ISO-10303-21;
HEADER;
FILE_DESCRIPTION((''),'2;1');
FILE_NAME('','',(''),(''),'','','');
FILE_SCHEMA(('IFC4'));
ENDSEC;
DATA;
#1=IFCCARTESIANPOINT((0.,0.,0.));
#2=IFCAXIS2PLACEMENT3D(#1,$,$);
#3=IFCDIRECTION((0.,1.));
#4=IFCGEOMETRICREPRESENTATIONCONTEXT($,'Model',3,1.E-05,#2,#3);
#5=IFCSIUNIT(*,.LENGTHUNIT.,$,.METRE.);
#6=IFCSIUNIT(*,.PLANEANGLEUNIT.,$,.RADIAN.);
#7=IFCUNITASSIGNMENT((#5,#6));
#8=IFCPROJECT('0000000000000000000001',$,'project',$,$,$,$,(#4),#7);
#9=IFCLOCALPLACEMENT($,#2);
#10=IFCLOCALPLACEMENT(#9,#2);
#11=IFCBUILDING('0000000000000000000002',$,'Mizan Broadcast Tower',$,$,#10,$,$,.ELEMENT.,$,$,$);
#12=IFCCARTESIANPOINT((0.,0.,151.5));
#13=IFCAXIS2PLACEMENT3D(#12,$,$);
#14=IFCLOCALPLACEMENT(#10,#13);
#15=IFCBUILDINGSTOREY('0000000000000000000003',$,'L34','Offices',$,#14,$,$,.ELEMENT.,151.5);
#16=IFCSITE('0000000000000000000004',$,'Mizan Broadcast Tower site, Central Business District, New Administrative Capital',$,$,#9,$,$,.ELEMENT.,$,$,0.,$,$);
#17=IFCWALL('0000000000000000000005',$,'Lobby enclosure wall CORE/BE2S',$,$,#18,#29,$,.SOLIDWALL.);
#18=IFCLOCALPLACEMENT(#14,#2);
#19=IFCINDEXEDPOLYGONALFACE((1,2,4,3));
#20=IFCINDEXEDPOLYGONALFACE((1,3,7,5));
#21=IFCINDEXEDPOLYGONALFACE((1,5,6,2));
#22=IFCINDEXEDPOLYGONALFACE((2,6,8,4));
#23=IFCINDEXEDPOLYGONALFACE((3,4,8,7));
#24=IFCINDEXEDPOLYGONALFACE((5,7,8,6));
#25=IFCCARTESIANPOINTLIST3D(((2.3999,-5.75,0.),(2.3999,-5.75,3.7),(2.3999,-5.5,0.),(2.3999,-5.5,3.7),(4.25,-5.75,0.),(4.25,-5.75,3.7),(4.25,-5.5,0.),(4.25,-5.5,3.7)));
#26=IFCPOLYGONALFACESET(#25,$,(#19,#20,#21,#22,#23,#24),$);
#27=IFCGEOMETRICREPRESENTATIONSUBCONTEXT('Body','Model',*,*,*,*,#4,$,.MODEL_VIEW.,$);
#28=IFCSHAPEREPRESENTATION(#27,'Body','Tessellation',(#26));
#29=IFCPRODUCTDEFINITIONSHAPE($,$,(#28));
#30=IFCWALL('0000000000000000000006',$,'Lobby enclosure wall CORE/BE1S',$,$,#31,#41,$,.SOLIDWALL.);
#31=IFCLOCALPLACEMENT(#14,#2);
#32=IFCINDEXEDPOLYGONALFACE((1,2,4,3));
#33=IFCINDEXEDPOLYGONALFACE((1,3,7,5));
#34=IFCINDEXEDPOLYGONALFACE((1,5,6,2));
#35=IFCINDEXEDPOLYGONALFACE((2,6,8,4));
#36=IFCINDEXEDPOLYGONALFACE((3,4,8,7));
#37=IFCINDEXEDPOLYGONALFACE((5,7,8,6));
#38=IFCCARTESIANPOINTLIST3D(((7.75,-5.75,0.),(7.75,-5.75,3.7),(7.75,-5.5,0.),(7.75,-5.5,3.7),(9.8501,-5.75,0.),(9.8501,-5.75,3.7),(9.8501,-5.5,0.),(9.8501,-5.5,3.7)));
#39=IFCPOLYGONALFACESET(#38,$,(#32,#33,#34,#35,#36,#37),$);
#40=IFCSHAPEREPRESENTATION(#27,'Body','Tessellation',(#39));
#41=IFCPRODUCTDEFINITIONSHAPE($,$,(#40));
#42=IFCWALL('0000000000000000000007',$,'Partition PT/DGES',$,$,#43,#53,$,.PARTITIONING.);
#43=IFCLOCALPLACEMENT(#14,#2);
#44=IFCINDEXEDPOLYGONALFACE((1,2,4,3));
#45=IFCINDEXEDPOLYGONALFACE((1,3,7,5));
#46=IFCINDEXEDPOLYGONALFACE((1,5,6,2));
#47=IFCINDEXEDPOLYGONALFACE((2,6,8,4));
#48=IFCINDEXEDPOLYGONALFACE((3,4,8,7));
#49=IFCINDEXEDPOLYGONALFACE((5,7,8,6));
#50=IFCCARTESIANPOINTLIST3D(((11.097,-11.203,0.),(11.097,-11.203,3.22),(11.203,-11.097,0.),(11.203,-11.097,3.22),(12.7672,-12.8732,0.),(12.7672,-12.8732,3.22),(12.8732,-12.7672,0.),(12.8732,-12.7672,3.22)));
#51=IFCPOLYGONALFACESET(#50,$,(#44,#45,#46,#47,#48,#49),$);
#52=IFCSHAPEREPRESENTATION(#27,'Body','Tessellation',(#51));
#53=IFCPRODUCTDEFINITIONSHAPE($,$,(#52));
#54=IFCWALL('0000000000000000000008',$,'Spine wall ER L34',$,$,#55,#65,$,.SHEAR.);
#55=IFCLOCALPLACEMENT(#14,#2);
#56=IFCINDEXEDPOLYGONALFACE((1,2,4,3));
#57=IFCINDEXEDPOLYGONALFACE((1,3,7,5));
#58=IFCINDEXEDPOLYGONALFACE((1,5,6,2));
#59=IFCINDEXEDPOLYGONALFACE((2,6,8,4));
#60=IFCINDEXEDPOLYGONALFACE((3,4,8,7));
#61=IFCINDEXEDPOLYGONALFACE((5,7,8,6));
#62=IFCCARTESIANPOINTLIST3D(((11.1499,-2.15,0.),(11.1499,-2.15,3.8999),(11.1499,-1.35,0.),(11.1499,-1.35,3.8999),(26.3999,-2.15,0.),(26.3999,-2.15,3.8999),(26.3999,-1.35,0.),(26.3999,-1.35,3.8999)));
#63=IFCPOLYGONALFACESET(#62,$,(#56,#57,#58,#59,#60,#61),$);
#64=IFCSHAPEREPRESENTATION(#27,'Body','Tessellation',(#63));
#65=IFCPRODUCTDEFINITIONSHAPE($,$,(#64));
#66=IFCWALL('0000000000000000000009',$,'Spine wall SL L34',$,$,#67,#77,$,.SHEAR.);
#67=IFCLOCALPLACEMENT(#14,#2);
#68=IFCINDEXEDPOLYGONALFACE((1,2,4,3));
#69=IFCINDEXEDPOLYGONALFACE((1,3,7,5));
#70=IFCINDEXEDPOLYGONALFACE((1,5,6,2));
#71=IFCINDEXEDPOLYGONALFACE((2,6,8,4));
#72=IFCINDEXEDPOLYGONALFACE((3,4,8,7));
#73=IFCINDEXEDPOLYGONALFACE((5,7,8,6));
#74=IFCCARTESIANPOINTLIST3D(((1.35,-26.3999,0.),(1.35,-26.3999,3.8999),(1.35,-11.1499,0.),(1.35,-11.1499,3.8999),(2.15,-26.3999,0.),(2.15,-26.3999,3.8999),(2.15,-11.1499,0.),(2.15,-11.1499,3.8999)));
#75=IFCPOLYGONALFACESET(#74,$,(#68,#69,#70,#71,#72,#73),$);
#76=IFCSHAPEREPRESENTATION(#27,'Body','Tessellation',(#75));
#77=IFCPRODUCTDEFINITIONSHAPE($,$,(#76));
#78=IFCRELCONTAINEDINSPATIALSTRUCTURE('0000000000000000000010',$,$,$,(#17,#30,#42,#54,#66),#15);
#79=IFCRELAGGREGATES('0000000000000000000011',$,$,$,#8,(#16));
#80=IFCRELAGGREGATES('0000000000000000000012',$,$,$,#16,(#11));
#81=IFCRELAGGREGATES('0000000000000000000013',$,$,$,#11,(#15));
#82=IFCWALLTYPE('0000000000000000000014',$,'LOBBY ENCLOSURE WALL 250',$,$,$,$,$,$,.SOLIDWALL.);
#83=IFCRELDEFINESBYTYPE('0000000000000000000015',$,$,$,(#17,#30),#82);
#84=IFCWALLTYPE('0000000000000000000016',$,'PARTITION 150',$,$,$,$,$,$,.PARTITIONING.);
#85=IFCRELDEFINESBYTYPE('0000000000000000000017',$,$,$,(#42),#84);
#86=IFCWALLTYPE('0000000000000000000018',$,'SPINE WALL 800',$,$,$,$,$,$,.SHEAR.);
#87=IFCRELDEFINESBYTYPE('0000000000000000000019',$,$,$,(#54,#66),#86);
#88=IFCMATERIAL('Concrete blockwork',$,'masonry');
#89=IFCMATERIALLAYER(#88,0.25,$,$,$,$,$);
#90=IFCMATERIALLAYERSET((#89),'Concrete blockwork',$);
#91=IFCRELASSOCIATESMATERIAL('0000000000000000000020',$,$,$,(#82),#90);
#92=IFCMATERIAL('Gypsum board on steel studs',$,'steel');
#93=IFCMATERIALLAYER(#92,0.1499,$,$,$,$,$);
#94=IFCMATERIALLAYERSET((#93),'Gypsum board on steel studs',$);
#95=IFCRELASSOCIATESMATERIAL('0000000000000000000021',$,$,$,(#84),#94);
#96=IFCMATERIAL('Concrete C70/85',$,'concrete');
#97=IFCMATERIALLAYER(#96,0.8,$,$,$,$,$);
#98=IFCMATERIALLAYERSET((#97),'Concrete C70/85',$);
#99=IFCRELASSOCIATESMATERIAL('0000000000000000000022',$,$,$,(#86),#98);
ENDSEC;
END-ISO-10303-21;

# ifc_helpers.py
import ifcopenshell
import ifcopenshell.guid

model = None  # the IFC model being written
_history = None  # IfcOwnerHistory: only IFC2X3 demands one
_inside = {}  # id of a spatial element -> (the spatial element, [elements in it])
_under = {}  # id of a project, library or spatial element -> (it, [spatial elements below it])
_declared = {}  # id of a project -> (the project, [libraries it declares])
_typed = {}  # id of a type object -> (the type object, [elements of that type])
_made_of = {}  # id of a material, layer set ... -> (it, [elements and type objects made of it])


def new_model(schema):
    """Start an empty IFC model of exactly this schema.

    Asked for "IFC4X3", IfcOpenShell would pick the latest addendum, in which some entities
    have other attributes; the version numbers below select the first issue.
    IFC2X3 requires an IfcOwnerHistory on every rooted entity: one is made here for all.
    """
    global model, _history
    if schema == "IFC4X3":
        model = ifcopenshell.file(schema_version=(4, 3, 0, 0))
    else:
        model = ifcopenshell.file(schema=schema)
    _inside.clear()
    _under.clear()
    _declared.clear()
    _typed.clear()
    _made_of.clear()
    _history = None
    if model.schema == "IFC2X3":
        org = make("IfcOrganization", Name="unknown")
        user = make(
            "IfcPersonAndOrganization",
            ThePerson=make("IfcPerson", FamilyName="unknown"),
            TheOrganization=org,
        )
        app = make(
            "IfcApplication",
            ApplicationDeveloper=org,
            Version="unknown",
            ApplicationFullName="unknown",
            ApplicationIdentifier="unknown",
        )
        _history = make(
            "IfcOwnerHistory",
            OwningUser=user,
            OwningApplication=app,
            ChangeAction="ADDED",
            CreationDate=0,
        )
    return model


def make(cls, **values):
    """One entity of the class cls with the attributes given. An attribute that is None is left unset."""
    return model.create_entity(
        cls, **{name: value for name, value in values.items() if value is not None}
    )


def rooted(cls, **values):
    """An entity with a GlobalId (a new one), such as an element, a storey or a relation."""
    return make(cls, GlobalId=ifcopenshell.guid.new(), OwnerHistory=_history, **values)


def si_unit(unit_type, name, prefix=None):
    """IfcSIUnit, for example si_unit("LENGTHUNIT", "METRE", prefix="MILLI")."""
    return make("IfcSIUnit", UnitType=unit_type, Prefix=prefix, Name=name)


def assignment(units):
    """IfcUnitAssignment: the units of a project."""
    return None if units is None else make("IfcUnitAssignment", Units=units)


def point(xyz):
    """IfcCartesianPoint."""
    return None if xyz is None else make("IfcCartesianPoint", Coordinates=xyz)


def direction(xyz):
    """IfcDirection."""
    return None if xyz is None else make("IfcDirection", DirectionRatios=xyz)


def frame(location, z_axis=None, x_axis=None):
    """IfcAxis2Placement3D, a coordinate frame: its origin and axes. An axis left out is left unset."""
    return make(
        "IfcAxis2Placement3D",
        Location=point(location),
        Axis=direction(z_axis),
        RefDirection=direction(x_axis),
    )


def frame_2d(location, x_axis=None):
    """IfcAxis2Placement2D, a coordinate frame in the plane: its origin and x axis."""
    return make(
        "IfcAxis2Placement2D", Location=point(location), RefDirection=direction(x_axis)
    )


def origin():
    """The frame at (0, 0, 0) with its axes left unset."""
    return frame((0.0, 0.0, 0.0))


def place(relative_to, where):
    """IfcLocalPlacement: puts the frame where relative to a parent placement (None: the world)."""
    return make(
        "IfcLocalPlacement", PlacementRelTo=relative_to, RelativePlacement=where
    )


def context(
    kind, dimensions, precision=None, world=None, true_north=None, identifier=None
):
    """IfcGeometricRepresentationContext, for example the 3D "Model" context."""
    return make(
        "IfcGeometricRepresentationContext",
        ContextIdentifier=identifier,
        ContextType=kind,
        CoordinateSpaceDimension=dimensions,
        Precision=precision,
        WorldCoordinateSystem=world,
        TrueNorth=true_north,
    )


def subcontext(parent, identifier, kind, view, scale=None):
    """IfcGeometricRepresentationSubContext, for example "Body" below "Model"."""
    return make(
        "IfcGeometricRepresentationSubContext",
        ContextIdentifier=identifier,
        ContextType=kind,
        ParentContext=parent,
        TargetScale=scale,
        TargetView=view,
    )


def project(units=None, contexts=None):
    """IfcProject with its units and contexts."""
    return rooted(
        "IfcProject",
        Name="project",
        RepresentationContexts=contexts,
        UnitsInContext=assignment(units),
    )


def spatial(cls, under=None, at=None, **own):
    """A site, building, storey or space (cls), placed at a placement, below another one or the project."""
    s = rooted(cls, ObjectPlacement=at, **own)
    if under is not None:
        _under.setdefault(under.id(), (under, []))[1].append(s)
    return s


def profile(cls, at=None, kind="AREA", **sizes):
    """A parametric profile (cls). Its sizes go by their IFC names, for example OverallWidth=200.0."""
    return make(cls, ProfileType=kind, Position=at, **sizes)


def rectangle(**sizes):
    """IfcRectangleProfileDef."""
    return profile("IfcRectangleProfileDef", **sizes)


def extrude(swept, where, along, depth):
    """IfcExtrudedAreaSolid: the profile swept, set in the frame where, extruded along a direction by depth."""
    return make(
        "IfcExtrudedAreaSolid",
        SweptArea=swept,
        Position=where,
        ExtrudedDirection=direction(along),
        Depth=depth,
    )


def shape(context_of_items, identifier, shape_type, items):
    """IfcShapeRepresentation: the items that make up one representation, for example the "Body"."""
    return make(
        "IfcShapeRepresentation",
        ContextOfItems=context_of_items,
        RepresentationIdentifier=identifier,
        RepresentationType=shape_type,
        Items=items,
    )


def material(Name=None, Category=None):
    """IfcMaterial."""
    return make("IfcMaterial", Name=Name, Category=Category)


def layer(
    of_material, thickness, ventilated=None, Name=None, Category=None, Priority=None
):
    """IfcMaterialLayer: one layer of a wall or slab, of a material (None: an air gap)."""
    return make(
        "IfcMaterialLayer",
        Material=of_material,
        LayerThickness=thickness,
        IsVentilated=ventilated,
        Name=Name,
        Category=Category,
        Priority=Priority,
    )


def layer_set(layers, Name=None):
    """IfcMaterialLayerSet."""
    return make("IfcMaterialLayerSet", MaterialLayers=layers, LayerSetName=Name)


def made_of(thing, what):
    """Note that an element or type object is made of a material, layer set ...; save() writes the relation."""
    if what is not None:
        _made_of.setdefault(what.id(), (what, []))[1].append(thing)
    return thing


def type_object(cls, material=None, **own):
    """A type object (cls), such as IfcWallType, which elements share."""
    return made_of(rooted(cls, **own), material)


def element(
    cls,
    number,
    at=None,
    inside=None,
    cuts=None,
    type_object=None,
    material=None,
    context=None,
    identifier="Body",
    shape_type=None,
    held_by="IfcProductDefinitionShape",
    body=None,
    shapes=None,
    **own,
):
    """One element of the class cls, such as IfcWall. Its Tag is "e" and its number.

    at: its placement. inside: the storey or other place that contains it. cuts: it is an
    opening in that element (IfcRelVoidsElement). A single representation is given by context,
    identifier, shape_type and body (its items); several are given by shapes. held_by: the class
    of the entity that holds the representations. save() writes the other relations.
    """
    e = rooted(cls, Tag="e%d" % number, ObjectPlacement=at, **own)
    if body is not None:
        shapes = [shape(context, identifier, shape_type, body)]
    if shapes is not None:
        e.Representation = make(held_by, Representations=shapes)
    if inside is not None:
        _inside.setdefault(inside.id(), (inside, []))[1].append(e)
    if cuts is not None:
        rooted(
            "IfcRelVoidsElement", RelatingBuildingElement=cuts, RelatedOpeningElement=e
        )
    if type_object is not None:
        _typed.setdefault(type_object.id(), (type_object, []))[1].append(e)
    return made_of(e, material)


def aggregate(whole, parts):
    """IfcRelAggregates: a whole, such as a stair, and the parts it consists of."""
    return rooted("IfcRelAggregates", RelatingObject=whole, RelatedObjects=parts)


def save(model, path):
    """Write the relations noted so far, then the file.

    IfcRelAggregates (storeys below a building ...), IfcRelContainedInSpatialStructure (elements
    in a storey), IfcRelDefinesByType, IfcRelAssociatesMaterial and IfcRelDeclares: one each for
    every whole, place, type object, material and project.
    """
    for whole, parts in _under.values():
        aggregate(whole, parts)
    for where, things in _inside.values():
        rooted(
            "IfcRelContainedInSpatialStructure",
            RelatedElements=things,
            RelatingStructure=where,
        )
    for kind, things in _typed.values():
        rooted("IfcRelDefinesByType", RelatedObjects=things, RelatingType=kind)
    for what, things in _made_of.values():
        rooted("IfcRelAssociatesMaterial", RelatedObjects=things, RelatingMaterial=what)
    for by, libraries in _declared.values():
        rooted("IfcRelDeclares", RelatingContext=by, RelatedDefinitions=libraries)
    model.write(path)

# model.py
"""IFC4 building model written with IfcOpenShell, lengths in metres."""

from ifc_helpers import new_model, si_unit, direction, frame, frame_2d, origin, place, context, subcontext, project, spatial, rectangle, extrude, material, layer, layer_set, type_object, element, save


model = new_model("IFC4")

# Units and contexts
model_context = context("Model", 3, precision=1e-05, world=origin(), true_north=direction((0.0, 1.0)))
body_context = subcontext(model_context, "Body", "Model", "MODEL_VIEW")
ifc_project = project(units=[si_unit("LENGTHUNIT", "METRE"), si_unit("PLANEANGLEUNIT", "RADIAN")], contexts=[model_context])

# Site, building, storey
site_placement = place(None, origin())
site = spatial("IfcSite", under=ifc_project, at=site_placement, Name="Mizan Broadcast Tower site, Central Business District, New Administrative Capital", CompositionType="ELEMENT", RefElevation=0.0)
building_placement = place(site_placement, origin())
building = spatial("IfcBuilding", under=site, at=building_placement, Name="Mizan Broadcast Tower", CompositionType="ELEMENT")
storey_placement = place(building_placement, frame((0.0, 0.0, 151.5)))
storey = spatial("IfcBuildingStorey", under=building, at=storey_placement, Name="L34", Description="Offices", CompositionType="ELEMENT", Elevation=151.5)

# Walls
ifc_material_1 = material(Name="Concrete blockwork", Category="masonry")
ifc_layer_1 = layer(ifc_material_1, 0.25)
ifc_layer_set_1 = layer_set([ifc_layer_1], Name="Concrete blockwork")
wall_type_1 = type_object("IfcWallType", Name="LOBBY ENCLOSURE WALL 250", PredefinedType="SOLIDWALL", material=ifc_layer_set_1)
wall_1_placement = place(storey_placement, frame((2.3999, -5.625, 0.0), z_axis=(0.0, 0.0, 1.0), x_axis=(1.0, 0.0, 0.0)))
element("IfcWall", 1, at=wall_1_placement, inside=storey, type_object=wall_type_1, Name="Lobby enclosure wall CORE/BE2S", PredefinedType="SOLIDWALL", context=body_context, shape_type="SweptSolid", body=[
    extrude(rectangle(XDim=1.8501, YDim=0.25, at=frame_2d((0.925, 0.0))), origin(), (0.0, 0.0, 1.0), 3.7),
])
wall_2_placement = place(storey_placement, frame((7.75, -5.625, 0.0), z_axis=(0.0, 0.0, 1.0), x_axis=(1.0, 0.0, 0.0)))
element("IfcWall", 2, at=wall_2_placement, inside=storey, type_object=wall_type_1, Name="Lobby enclosure wall CORE/BE1S", PredefinedType="SOLIDWALL", context=body_context, shape_type="SweptSolid", body=[
    extrude(rectangle(XDim=2.1001, YDim=0.25, at=frame_2d((1.05, 0.0))), origin(), (0.0, 0.0, 1.0), 3.7),
])
ifc_material_2 = material(Name="Gypsum board on steel studs", Category="steel")
ifc_layer_2 = layer(ifc_material_2, 0.1499)
ifc_layer_set_2 = layer_set([ifc_layer_2], Name="Gypsum board on steel studs")
wall_type_2 = type_object("IfcWallType", Name="PARTITION 150", PredefinedType="PARTITIONING", material=ifc_layer_set_2)
wall_3_placement = place(storey_placement, frame((11.1499, -11.1499, 0.0), z_axis=(0.0, 0.0, 1.0), x_axis=(0.707107, -0.707107, 0.0)))
element("IfcWall", 3, at=wall_3_placement, inside=storey, type_object=wall_type_2, Name="Partition PT/DGES", PredefinedType="PARTITIONING", context=body_context, shape_type="SweptSolid", body=[
    extrude(rectangle(XDim=2.3621, YDim=0.1499, at=frame_2d((1.1812, 0.0))), origin(), (0.0, 0.0, 1.0), 3.22),
])
ifc_material_3 = material(Name="Concrete C70/85", Category="concrete")
ifc_layer_3 = layer(ifc_material_3, 0.8)
ifc_layer_set_3 = layer_set([ifc_layer_3], Name="Concrete C70/85")
wall_type_3 = type_object("IfcWallType", Name="SPINE WALL 800", PredefinedType="SHEAR", material=ifc_layer_set_3)
for number, where, z_axis, x_axis, name in (
    (4, (11.1499, -1.75, 0.0), (0.0, 0.0, 1.0), (1.0, 0.0, 0.0), "Spine wall ER L34"),
    (5, (1.75, -11.1499, 0.0), (0.0, 0.0, 1.0), (0.0, -1.0, 0.0), "Spine wall SL L34"),
):
    element("IfcWall", number, at=place(storey_placement, frame(where, z_axis=z_axis, x_axis=x_axis)), inside=storey, type_object=wall_type_3, Name=name, PredefinedType="SHEAR", context=body_context, shape_type="SweptSolid", body=[
        extrude(rectangle(XDim=15.25, YDim=0.8, at=frame_2d((7.625, 0.0))), origin(), (0.0, 0.0, 1.0), 3.8999),
    ])

save(model, "model.ifc")
